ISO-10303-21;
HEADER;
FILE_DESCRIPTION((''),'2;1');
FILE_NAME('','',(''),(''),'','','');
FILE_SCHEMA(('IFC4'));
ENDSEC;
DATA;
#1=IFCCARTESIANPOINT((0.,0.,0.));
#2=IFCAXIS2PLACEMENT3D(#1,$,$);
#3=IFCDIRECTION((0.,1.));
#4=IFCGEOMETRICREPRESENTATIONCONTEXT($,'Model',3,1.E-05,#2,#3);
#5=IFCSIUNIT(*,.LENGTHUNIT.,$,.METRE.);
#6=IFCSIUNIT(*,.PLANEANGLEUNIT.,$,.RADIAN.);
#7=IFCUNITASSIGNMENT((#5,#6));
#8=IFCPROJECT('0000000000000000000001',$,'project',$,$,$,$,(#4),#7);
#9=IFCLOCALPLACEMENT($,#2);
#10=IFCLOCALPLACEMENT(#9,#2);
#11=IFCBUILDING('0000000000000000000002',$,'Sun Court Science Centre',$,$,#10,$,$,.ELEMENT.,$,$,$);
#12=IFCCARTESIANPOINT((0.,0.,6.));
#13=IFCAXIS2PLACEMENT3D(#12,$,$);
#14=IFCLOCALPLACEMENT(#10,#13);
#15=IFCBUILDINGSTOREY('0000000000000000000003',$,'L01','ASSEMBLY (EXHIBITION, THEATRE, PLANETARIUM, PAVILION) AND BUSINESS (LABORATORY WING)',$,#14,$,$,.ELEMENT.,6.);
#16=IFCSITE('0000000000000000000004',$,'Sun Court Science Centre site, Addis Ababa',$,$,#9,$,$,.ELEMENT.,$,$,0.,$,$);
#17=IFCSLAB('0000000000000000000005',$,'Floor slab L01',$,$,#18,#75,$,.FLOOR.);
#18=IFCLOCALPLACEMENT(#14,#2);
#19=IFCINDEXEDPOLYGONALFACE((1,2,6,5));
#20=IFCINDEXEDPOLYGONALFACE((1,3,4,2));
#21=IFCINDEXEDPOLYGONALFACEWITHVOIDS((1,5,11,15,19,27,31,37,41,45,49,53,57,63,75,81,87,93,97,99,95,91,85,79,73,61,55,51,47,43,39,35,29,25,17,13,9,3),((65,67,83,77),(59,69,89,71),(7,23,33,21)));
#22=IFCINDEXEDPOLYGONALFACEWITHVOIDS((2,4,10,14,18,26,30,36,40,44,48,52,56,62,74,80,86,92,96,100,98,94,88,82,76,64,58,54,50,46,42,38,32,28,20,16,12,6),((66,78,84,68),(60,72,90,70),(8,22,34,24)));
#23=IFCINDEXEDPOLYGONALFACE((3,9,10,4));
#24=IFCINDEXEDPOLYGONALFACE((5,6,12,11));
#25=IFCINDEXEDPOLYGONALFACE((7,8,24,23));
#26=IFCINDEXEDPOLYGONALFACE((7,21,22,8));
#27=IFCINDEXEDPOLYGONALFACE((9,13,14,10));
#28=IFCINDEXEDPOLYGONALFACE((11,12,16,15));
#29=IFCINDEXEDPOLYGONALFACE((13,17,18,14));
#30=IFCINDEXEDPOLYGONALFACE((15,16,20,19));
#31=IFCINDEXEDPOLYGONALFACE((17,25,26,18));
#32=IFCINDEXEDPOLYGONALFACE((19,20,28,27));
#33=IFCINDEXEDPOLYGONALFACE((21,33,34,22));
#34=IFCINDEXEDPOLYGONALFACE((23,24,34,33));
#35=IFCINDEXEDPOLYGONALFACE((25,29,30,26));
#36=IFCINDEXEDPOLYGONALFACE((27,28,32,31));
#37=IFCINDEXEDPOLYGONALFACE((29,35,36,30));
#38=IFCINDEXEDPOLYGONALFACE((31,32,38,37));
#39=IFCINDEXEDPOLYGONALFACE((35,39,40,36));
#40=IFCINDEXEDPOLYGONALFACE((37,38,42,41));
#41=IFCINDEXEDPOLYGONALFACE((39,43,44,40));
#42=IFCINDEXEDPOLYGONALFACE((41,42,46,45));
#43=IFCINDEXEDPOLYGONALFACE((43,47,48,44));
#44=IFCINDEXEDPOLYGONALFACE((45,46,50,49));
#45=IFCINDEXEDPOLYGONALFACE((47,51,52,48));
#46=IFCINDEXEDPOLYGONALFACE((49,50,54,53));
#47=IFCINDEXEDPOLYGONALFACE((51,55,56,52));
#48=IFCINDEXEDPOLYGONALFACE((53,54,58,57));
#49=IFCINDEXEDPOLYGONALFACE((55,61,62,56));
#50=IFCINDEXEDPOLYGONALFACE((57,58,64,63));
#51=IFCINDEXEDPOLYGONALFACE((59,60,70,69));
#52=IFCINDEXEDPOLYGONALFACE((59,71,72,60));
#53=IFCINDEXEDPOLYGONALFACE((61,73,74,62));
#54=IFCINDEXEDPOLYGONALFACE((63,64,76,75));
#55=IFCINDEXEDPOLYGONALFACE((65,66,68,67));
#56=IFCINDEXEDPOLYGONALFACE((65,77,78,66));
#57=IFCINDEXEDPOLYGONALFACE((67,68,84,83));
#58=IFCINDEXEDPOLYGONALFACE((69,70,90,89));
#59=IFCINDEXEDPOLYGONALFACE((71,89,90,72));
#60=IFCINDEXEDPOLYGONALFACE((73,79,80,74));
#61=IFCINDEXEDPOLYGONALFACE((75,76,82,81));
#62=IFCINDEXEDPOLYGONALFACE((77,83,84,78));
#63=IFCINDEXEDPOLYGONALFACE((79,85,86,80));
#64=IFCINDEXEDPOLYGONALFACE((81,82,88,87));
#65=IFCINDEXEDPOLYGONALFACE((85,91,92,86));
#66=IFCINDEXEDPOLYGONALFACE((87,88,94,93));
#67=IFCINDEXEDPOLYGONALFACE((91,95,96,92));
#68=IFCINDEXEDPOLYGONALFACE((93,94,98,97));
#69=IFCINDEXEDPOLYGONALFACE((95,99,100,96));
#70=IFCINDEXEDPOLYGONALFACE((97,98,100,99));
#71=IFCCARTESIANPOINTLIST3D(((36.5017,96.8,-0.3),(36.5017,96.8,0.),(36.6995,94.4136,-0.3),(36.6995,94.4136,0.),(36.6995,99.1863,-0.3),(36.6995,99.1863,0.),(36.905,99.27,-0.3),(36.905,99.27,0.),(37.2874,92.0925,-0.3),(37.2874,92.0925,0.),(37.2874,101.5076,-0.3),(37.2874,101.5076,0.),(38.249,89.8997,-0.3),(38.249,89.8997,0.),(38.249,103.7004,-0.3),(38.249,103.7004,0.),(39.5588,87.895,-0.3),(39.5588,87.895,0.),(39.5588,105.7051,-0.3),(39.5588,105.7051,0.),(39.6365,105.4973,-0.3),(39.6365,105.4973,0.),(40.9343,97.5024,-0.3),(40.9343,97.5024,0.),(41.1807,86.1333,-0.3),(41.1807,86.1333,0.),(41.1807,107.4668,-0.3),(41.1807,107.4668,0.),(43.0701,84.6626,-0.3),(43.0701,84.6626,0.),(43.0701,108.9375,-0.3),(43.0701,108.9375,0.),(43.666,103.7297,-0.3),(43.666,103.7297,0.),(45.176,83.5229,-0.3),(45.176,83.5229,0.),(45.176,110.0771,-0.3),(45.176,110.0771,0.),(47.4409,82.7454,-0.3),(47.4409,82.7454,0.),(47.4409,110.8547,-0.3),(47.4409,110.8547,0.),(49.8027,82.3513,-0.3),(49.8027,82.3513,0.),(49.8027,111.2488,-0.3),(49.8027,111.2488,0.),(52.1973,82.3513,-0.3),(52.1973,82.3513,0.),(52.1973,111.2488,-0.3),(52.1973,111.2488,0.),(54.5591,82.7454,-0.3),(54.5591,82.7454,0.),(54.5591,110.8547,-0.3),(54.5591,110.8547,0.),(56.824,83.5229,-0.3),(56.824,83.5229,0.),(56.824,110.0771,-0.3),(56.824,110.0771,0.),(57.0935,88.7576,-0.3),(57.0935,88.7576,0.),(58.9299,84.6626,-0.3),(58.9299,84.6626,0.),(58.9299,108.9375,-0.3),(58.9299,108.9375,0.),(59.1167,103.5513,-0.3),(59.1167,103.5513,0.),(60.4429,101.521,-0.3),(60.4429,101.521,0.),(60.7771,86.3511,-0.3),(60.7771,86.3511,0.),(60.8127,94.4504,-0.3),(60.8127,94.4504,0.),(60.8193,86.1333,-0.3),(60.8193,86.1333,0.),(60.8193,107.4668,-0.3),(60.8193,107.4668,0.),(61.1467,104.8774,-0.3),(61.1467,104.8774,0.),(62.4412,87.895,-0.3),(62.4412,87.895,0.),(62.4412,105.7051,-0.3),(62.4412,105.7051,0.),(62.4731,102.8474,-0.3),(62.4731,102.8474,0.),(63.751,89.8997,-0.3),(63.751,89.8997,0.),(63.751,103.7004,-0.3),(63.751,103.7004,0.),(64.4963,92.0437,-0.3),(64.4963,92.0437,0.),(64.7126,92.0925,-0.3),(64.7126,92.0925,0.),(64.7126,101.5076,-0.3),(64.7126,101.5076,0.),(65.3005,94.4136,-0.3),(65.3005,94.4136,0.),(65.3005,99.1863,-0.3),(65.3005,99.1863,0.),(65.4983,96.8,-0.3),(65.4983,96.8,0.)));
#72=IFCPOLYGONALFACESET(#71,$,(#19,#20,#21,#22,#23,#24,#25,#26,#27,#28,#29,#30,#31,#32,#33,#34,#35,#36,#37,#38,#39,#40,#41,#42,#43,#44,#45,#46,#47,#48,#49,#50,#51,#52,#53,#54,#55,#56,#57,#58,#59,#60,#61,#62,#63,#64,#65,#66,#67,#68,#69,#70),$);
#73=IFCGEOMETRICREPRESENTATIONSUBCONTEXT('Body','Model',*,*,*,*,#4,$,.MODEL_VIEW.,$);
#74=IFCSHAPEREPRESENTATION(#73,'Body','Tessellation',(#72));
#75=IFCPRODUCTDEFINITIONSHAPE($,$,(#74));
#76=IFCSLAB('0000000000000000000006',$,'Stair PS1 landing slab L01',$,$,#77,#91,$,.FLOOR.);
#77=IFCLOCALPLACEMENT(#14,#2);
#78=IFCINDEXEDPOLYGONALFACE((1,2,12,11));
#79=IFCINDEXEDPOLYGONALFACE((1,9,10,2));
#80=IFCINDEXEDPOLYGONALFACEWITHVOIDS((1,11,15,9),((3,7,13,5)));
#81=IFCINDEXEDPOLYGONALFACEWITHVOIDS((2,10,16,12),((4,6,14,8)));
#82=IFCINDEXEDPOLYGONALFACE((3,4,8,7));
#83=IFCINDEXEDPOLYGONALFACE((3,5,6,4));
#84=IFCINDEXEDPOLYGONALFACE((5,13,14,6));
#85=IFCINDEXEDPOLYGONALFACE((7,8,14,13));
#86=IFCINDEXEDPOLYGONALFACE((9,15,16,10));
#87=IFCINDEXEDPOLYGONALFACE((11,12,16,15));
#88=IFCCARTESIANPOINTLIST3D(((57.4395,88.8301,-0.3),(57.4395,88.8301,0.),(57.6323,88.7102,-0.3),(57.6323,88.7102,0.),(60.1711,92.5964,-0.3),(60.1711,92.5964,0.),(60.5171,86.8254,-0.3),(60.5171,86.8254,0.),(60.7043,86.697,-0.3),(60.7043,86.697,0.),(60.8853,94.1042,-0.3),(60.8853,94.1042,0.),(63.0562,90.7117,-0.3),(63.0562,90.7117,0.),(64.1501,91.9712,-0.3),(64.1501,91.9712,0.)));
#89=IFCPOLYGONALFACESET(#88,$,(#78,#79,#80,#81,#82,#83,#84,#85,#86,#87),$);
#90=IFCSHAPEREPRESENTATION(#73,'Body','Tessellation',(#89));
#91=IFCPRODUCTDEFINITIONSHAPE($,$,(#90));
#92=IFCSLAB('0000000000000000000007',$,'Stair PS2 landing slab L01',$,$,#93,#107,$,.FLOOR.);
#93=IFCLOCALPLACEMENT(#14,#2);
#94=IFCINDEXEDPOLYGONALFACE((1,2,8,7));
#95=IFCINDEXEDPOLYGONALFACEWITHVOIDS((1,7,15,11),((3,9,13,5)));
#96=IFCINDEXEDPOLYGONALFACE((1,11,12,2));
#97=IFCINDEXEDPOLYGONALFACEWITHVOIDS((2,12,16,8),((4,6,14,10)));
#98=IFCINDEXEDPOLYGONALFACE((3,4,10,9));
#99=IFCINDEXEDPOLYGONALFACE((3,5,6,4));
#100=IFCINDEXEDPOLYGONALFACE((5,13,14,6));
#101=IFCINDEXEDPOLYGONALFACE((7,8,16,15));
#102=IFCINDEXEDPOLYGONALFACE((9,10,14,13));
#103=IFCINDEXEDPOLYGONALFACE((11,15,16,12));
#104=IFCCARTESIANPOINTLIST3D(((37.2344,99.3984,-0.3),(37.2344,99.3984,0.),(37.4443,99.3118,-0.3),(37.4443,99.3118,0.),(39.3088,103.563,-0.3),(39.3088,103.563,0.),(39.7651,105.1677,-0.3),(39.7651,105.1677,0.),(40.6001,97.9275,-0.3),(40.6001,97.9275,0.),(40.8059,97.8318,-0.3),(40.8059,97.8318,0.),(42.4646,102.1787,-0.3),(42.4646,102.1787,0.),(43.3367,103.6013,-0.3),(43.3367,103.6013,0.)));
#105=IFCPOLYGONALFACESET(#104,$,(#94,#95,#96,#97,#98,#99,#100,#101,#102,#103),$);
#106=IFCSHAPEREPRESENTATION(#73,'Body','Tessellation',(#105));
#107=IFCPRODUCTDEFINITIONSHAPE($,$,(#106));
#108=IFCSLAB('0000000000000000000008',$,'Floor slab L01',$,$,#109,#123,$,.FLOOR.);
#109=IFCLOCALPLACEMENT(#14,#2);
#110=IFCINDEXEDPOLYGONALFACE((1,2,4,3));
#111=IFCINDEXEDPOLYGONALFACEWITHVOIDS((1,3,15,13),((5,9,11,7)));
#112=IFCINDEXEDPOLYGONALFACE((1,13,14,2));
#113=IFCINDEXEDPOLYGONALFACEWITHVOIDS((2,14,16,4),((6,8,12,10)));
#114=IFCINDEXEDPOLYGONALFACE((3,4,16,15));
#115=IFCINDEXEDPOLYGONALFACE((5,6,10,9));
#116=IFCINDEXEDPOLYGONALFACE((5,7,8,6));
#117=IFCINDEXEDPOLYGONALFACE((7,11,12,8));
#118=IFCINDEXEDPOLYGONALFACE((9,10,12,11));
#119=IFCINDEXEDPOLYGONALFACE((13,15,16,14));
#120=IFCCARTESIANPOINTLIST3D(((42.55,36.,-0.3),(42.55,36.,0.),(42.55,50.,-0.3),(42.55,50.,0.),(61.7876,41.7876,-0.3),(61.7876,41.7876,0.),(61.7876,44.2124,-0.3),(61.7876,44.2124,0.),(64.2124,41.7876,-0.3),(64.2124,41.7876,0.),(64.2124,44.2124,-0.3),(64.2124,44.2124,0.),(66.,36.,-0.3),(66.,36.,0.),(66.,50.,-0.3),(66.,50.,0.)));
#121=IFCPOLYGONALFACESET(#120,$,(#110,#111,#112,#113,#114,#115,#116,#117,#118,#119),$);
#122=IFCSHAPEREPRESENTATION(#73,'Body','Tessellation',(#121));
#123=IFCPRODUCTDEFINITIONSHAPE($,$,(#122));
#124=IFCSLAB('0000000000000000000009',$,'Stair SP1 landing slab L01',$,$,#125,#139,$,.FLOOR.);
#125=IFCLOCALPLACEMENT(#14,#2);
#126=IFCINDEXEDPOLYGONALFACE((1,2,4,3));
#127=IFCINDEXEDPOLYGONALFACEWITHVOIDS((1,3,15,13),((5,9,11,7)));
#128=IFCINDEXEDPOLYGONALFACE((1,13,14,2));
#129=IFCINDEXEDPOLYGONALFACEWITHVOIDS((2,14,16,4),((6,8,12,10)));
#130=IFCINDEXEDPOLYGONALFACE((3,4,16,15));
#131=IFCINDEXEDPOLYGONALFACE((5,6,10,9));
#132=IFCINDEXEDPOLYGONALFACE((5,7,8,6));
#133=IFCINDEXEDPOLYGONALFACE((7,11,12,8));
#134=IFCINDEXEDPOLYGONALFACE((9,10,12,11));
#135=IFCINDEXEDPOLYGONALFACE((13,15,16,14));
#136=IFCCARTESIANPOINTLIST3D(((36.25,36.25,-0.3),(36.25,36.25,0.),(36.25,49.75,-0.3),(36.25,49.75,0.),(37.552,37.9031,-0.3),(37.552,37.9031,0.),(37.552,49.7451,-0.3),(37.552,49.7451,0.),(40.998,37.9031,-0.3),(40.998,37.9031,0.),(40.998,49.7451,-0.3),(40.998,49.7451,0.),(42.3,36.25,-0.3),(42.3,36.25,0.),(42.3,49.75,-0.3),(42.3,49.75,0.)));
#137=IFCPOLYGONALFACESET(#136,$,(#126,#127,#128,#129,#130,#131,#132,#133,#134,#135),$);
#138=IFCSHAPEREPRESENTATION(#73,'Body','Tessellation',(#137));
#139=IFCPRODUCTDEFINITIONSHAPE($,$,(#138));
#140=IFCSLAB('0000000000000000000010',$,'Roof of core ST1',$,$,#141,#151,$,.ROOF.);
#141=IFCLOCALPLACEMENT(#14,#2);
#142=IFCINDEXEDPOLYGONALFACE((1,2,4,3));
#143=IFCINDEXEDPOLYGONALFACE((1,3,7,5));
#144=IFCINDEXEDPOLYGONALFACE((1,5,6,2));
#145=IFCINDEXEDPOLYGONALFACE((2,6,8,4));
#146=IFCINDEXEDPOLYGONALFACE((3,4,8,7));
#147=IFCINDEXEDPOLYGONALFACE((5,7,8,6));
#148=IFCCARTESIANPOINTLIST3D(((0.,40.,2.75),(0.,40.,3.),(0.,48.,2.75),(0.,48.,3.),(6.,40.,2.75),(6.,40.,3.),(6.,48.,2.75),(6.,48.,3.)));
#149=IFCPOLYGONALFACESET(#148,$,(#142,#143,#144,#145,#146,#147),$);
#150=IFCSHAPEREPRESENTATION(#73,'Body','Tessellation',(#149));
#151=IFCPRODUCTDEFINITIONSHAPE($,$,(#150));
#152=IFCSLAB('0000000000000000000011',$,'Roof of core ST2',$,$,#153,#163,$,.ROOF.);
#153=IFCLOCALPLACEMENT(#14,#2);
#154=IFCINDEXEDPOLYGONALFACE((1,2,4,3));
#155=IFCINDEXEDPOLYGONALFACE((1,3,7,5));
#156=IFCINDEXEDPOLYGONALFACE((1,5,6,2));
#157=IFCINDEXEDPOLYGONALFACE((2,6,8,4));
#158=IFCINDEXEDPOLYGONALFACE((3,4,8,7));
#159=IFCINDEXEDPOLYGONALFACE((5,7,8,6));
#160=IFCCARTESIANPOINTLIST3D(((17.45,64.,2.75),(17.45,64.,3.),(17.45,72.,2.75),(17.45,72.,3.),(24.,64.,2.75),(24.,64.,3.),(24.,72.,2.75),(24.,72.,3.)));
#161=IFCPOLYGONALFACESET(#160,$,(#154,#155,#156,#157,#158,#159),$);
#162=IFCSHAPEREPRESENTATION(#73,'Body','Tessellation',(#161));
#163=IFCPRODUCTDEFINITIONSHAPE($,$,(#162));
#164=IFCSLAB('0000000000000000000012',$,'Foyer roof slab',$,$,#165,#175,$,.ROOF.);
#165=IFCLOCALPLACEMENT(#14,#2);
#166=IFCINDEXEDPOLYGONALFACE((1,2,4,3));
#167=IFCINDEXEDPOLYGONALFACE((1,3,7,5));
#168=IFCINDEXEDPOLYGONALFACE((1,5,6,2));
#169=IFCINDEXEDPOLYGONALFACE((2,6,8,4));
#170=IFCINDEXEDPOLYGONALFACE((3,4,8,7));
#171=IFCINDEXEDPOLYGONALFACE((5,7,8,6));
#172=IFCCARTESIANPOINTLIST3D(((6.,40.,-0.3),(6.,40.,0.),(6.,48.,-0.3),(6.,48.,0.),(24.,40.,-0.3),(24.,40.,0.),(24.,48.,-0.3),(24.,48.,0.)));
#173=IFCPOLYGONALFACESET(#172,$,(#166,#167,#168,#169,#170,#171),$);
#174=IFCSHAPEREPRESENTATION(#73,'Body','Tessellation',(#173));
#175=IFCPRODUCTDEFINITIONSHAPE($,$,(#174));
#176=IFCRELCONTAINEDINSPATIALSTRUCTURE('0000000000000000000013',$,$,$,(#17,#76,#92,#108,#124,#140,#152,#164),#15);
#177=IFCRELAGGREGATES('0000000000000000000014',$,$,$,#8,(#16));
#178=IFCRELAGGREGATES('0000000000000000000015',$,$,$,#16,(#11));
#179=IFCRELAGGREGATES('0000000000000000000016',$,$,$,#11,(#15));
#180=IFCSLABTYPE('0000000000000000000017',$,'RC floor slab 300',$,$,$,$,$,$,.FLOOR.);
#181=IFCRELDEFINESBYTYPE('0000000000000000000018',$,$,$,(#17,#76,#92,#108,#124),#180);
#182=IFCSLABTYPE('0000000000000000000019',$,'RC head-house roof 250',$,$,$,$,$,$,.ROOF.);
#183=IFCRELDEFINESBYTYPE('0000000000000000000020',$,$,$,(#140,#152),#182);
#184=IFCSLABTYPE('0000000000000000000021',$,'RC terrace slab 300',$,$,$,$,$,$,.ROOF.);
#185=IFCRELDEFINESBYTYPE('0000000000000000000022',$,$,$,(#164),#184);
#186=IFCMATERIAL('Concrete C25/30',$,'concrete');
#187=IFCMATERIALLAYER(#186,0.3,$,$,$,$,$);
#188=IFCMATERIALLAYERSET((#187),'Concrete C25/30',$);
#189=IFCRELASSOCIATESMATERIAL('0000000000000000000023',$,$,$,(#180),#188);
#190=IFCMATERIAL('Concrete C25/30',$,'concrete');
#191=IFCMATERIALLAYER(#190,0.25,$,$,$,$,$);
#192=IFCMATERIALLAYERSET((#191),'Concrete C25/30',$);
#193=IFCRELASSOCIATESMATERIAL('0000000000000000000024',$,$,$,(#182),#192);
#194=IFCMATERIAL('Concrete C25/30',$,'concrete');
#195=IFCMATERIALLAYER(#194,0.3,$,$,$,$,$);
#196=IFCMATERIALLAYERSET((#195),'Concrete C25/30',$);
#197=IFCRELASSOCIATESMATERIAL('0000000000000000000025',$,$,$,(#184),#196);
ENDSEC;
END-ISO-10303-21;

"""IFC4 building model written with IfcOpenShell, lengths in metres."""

from ifc_helpers import new_model, si_unit, direction, frame, origin, place, context, subcontext, project, spatial, polyline, outline, extrude, material, layer, layer_set, type_object, element, save


model = new_model("IFC4")

# Units and contexts
model_context = context("Model", 3, precision=1e-05, world=origin(), true_north=direction((0.0, 1.0)))
body_context = subcontext(model_context, "Body", "Model", "MODEL_VIEW")
ifc_project = project(units=[si_unit("LENGTHUNIT", "METRE"), si_unit("PLANEANGLEUNIT", "RADIAN")], contexts=[model_context])

# Site, building, storey
site_placement = place(None, origin())
site = spatial("IfcSite", under=ifc_project, at=site_placement, Name="Sun Court Science Centre site, Addis Ababa", CompositionType="ELEMENT", RefElevation=0.0)
building_placement = place(site_placement, origin())
building = spatial("IfcBuilding", under=site, at=building_placement, Name="Sun Court Science Centre", CompositionType="ELEMENT")
storey_placement = place(building_placement, frame((0.0, 0.0, 6.0)))
storey = spatial("IfcBuildingStorey", under=building, at=storey_placement, Name="L01", Description="ASSEMBLY (EXHIBITION, THEATRE, PLANETARIUM, PAVILION) AND BUSINESS (LABORATORY WING)", CompositionType="ELEMENT", Elevation=6.0)

# Slabs
ifc_material_1 = material(Name="Concrete C25/30", Category="concrete")
ifc_layer_1 = layer(ifc_material_1, 0.3)
ifc_layer_set_1 = layer_set([ifc_layer_1], Name="Concrete C25/30")
slab_type_1 = type_object("IfcSlabType", Name="RC floor slab 300", PredefinedType="FLOOR", material=ifc_layer_set_1)
slab_1_placement = place(storey_placement, frame((0.0, 0.0, -0.3)))
element("IfcSlab", 1, at=slab_1_placement, inside=storey, type_object=slab_type_1, Name="Floor slab L01", PredefinedType="FLOOR", context=body_context, shape_type="SweptSolid", body=[
    extrude(outline(polyline([(65.4983, 96.8), (65.3005, 99.1863), (64.7126, 101.5076), (63.751, 103.7004), (62.4412, 105.7051), (60.8193, 107.4668), (58.9299, 108.9375), (56.824, 110.0771), (54.5591, 110.8547), (52.1973, 111.2488), (49.8027, 111.2488), (47.4409, 110.8547), (45.176, 110.0771), (43.0701, 108.9375), (41.1807, 107.4668), (39.5588, 105.7051), (38.249, 103.7004), (37.2874, 101.5076), (36.6995, 99.1863), (36.5017, 96.8), (36.6995, 94.4136), (37.2874, 92.0925), (38.249, 89.8997), (39.5588, 87.895), (41.1807, 86.1333), (43.0701, 84.6626), (45.176, 83.5229), (47.4409, 82.7454), (49.8027, 82.3513), (52.1973, 82.3513), (54.5591, 82.7454), (56.824, 83.5229), (58.9299, 84.6626), (60.8193, 86.1333), (62.4412, 87.895), (63.751, 89.8997), (64.7126, 92.0925), (65.3005, 94.4136), (65.4983, 96.8)]), holes=[polyline([(57.0935, 88.7576), (60.8127, 94.4504), (64.4963, 92.0437), (60.7771, 86.3511), (57.0935, 88.7576)]), polyline([(59.1167, 103.5513), (61.1467, 104.8774), (62.4731, 102.8474), (60.4429, 101.521), (59.1167, 103.5513)]), polyline([(40.9343, 97.5024), (36.905, 99.27), (39.6365, 105.4973), (43.666, 103.7297), (40.9343, 97.5024)])]), origin(), (0.0, 0.0, 1.0), 0.3),
])
slab_2_placement = place(storey_placement, frame((0.0, 0.0, -0.3)))
element("IfcSlab", 2, at=slab_2_placement, inside=storey, type_object=slab_type_1, Name="Stair PS1 landing slab L01", PredefinedType="FLOOR", context=body_context, shape_type="SweptSolid", body=[
    extrude(outline(polyline([(60.8853, 94.1042), (57.4395, 88.8301), (60.7043, 86.697), (64.1501, 91.9712), (60.8853, 94.1042)]), holes=[polyline([(57.6323, 88.7102), (60.1711, 92.5964), (63.0562, 90.7117), (60.5171, 86.8254), (57.6323, 88.7102)])]), origin(), (0.0, 0.0, 1.0), 0.3),
])
slab_3_placement = place(storey_placement, frame((0.0, 0.0, -0.3)))
element("IfcSlab", 3, at=slab_3_placement, inside=storey, type_object=slab_type_1, Name="Stair PS2 landing slab L01", PredefinedType="FLOOR", context=body_context, shape_type="SweptSolid", body=[
    extrude(outline(polyline([(40.8059, 97.8318), (43.3367, 103.6013), (39.7651, 105.1677), (37.2344, 99.3984), (40.8059, 97.8318)]), holes=[polyline([(37.4443, 99.3118), (39.3088, 103.563), (42.4646, 102.1787), (40.6001, 97.9275), (37.4443, 99.3118)])]), origin(), (0.0, 0.0, 1.0), 0.3),
])
slab_4_placement = place(storey_placement, frame((0.0, 0.0, -0.3)))
element("IfcSlab", 4, at=slab_4_placement, inside=storey, type_object=slab_type_1, Name="Floor slab L01", PredefinedType="FLOOR", context=body_context, shape_type="SweptSolid", body=[
    extrude(outline(polyline([(66.0, 50.0), (42.55, 50.0), (42.55, 36.0), (66.0, 36.0), (66.0, 50.0)]), holes=[polyline([(61.7876, 41.7876), (61.7876, 44.2124), (64.2124, 44.2124), (64.2124, 41.7876), (61.7876, 41.7876)])]), origin(), (0.0, 0.0, 1.0), 0.3),
])
slab_5_placement = place(storey_placement, frame((0.0, 0.0, -0.3)))
element("IfcSlab", 5, at=slab_5_placement, inside=storey, type_object=slab_type_1, Name="Stair SP1 landing slab L01", PredefinedType="FLOOR", context=body_context, shape_type="SweptSolid", body=[
    extrude(outline(polyline([(36.25, 49.75), (36.25, 36.25), (42.3, 36.25), (42.3, 49.75), (36.25, 49.75)]), holes=[polyline([(40.998, 49.7451), (40.998, 37.9031), (37.552, 37.9031), (37.552, 49.7451), (40.998, 49.7451)])]), origin(), (0.0, 0.0, 1.0), 0.3),
])
ifc_material_2 = material(Name="Concrete C25/30", Category="concrete")
ifc_layer_2 = layer(ifc_material_2, 0.25)
ifc_layer_set_2 = layer_set([ifc_layer_2], Name="Concrete C25/30")
slab_type_2 = type_object("IfcSlabType", Name="RC head-house roof 250", PredefinedType="ROOF", material=ifc_layer_set_2)
slab_6_placement = place(storey_placement, frame((0.0, 0.0, 2.75)))
element("IfcSlab", 6, at=slab_6_placement, inside=storey, type_object=slab_type_2, Name="Roof of core ST1", PredefinedType="ROOF", context=body_context, shape_type="SweptSolid", body=[
    extrude(outline(polyline([(0.0, 40.0), (6.0, 40.0), (6.0, 48.0), (0.0, 48.0), (0.0, 40.0)])), origin(), (0.0, 0.0, 1.0), 0.25),
])
slab_7_placement = place(storey_placement, frame((0.0, 0.0, 2.75)))
element("IfcSlab", 7, at=slab_7_placement, inside=storey, type_object=slab_type_2, Name="Roof of core ST2", PredefinedType="ROOF", context=body_context, shape_type="SweptSolid", body=[
    extrude(outline(polyline([(17.45, 64.0), (24.0, 64.0), (24.0, 72.0), (17.45, 72.0), (17.45, 64.0)])), origin(), (0.0, 0.0, 1.0), 0.25),
])
ifc_material_3 = material(Name="Concrete C25/30", Category="concrete")
ifc_layer_3 = layer(ifc_material_3, 0.3)
ifc_layer_set_3 = layer_set([ifc_layer_3], Name="Concrete C25/30")
slab_type_3 = type_object("IfcSlabType", Name="RC terrace slab 300", PredefinedType="ROOF", material=ifc_layer_set_3)
slab_8_placement = place(storey_placement, frame((0.0, 0.0, -0.3)))
element("IfcSlab", 8, at=slab_8_placement, inside=storey, type_object=slab_type_3, Name="Foyer roof slab", PredefinedType="ROOF", context=body_context, shape_type="SweptSolid", body=[
    extrude(outline(polyline([(24.0, 48.0), (6.0, 48.0), (6.0, 40.0), (24.0, 40.0), (24.0, 48.0)])), origin(), (0.0, 0.0, 1.0), 0.3),
])

save(model, "model.ifc")
